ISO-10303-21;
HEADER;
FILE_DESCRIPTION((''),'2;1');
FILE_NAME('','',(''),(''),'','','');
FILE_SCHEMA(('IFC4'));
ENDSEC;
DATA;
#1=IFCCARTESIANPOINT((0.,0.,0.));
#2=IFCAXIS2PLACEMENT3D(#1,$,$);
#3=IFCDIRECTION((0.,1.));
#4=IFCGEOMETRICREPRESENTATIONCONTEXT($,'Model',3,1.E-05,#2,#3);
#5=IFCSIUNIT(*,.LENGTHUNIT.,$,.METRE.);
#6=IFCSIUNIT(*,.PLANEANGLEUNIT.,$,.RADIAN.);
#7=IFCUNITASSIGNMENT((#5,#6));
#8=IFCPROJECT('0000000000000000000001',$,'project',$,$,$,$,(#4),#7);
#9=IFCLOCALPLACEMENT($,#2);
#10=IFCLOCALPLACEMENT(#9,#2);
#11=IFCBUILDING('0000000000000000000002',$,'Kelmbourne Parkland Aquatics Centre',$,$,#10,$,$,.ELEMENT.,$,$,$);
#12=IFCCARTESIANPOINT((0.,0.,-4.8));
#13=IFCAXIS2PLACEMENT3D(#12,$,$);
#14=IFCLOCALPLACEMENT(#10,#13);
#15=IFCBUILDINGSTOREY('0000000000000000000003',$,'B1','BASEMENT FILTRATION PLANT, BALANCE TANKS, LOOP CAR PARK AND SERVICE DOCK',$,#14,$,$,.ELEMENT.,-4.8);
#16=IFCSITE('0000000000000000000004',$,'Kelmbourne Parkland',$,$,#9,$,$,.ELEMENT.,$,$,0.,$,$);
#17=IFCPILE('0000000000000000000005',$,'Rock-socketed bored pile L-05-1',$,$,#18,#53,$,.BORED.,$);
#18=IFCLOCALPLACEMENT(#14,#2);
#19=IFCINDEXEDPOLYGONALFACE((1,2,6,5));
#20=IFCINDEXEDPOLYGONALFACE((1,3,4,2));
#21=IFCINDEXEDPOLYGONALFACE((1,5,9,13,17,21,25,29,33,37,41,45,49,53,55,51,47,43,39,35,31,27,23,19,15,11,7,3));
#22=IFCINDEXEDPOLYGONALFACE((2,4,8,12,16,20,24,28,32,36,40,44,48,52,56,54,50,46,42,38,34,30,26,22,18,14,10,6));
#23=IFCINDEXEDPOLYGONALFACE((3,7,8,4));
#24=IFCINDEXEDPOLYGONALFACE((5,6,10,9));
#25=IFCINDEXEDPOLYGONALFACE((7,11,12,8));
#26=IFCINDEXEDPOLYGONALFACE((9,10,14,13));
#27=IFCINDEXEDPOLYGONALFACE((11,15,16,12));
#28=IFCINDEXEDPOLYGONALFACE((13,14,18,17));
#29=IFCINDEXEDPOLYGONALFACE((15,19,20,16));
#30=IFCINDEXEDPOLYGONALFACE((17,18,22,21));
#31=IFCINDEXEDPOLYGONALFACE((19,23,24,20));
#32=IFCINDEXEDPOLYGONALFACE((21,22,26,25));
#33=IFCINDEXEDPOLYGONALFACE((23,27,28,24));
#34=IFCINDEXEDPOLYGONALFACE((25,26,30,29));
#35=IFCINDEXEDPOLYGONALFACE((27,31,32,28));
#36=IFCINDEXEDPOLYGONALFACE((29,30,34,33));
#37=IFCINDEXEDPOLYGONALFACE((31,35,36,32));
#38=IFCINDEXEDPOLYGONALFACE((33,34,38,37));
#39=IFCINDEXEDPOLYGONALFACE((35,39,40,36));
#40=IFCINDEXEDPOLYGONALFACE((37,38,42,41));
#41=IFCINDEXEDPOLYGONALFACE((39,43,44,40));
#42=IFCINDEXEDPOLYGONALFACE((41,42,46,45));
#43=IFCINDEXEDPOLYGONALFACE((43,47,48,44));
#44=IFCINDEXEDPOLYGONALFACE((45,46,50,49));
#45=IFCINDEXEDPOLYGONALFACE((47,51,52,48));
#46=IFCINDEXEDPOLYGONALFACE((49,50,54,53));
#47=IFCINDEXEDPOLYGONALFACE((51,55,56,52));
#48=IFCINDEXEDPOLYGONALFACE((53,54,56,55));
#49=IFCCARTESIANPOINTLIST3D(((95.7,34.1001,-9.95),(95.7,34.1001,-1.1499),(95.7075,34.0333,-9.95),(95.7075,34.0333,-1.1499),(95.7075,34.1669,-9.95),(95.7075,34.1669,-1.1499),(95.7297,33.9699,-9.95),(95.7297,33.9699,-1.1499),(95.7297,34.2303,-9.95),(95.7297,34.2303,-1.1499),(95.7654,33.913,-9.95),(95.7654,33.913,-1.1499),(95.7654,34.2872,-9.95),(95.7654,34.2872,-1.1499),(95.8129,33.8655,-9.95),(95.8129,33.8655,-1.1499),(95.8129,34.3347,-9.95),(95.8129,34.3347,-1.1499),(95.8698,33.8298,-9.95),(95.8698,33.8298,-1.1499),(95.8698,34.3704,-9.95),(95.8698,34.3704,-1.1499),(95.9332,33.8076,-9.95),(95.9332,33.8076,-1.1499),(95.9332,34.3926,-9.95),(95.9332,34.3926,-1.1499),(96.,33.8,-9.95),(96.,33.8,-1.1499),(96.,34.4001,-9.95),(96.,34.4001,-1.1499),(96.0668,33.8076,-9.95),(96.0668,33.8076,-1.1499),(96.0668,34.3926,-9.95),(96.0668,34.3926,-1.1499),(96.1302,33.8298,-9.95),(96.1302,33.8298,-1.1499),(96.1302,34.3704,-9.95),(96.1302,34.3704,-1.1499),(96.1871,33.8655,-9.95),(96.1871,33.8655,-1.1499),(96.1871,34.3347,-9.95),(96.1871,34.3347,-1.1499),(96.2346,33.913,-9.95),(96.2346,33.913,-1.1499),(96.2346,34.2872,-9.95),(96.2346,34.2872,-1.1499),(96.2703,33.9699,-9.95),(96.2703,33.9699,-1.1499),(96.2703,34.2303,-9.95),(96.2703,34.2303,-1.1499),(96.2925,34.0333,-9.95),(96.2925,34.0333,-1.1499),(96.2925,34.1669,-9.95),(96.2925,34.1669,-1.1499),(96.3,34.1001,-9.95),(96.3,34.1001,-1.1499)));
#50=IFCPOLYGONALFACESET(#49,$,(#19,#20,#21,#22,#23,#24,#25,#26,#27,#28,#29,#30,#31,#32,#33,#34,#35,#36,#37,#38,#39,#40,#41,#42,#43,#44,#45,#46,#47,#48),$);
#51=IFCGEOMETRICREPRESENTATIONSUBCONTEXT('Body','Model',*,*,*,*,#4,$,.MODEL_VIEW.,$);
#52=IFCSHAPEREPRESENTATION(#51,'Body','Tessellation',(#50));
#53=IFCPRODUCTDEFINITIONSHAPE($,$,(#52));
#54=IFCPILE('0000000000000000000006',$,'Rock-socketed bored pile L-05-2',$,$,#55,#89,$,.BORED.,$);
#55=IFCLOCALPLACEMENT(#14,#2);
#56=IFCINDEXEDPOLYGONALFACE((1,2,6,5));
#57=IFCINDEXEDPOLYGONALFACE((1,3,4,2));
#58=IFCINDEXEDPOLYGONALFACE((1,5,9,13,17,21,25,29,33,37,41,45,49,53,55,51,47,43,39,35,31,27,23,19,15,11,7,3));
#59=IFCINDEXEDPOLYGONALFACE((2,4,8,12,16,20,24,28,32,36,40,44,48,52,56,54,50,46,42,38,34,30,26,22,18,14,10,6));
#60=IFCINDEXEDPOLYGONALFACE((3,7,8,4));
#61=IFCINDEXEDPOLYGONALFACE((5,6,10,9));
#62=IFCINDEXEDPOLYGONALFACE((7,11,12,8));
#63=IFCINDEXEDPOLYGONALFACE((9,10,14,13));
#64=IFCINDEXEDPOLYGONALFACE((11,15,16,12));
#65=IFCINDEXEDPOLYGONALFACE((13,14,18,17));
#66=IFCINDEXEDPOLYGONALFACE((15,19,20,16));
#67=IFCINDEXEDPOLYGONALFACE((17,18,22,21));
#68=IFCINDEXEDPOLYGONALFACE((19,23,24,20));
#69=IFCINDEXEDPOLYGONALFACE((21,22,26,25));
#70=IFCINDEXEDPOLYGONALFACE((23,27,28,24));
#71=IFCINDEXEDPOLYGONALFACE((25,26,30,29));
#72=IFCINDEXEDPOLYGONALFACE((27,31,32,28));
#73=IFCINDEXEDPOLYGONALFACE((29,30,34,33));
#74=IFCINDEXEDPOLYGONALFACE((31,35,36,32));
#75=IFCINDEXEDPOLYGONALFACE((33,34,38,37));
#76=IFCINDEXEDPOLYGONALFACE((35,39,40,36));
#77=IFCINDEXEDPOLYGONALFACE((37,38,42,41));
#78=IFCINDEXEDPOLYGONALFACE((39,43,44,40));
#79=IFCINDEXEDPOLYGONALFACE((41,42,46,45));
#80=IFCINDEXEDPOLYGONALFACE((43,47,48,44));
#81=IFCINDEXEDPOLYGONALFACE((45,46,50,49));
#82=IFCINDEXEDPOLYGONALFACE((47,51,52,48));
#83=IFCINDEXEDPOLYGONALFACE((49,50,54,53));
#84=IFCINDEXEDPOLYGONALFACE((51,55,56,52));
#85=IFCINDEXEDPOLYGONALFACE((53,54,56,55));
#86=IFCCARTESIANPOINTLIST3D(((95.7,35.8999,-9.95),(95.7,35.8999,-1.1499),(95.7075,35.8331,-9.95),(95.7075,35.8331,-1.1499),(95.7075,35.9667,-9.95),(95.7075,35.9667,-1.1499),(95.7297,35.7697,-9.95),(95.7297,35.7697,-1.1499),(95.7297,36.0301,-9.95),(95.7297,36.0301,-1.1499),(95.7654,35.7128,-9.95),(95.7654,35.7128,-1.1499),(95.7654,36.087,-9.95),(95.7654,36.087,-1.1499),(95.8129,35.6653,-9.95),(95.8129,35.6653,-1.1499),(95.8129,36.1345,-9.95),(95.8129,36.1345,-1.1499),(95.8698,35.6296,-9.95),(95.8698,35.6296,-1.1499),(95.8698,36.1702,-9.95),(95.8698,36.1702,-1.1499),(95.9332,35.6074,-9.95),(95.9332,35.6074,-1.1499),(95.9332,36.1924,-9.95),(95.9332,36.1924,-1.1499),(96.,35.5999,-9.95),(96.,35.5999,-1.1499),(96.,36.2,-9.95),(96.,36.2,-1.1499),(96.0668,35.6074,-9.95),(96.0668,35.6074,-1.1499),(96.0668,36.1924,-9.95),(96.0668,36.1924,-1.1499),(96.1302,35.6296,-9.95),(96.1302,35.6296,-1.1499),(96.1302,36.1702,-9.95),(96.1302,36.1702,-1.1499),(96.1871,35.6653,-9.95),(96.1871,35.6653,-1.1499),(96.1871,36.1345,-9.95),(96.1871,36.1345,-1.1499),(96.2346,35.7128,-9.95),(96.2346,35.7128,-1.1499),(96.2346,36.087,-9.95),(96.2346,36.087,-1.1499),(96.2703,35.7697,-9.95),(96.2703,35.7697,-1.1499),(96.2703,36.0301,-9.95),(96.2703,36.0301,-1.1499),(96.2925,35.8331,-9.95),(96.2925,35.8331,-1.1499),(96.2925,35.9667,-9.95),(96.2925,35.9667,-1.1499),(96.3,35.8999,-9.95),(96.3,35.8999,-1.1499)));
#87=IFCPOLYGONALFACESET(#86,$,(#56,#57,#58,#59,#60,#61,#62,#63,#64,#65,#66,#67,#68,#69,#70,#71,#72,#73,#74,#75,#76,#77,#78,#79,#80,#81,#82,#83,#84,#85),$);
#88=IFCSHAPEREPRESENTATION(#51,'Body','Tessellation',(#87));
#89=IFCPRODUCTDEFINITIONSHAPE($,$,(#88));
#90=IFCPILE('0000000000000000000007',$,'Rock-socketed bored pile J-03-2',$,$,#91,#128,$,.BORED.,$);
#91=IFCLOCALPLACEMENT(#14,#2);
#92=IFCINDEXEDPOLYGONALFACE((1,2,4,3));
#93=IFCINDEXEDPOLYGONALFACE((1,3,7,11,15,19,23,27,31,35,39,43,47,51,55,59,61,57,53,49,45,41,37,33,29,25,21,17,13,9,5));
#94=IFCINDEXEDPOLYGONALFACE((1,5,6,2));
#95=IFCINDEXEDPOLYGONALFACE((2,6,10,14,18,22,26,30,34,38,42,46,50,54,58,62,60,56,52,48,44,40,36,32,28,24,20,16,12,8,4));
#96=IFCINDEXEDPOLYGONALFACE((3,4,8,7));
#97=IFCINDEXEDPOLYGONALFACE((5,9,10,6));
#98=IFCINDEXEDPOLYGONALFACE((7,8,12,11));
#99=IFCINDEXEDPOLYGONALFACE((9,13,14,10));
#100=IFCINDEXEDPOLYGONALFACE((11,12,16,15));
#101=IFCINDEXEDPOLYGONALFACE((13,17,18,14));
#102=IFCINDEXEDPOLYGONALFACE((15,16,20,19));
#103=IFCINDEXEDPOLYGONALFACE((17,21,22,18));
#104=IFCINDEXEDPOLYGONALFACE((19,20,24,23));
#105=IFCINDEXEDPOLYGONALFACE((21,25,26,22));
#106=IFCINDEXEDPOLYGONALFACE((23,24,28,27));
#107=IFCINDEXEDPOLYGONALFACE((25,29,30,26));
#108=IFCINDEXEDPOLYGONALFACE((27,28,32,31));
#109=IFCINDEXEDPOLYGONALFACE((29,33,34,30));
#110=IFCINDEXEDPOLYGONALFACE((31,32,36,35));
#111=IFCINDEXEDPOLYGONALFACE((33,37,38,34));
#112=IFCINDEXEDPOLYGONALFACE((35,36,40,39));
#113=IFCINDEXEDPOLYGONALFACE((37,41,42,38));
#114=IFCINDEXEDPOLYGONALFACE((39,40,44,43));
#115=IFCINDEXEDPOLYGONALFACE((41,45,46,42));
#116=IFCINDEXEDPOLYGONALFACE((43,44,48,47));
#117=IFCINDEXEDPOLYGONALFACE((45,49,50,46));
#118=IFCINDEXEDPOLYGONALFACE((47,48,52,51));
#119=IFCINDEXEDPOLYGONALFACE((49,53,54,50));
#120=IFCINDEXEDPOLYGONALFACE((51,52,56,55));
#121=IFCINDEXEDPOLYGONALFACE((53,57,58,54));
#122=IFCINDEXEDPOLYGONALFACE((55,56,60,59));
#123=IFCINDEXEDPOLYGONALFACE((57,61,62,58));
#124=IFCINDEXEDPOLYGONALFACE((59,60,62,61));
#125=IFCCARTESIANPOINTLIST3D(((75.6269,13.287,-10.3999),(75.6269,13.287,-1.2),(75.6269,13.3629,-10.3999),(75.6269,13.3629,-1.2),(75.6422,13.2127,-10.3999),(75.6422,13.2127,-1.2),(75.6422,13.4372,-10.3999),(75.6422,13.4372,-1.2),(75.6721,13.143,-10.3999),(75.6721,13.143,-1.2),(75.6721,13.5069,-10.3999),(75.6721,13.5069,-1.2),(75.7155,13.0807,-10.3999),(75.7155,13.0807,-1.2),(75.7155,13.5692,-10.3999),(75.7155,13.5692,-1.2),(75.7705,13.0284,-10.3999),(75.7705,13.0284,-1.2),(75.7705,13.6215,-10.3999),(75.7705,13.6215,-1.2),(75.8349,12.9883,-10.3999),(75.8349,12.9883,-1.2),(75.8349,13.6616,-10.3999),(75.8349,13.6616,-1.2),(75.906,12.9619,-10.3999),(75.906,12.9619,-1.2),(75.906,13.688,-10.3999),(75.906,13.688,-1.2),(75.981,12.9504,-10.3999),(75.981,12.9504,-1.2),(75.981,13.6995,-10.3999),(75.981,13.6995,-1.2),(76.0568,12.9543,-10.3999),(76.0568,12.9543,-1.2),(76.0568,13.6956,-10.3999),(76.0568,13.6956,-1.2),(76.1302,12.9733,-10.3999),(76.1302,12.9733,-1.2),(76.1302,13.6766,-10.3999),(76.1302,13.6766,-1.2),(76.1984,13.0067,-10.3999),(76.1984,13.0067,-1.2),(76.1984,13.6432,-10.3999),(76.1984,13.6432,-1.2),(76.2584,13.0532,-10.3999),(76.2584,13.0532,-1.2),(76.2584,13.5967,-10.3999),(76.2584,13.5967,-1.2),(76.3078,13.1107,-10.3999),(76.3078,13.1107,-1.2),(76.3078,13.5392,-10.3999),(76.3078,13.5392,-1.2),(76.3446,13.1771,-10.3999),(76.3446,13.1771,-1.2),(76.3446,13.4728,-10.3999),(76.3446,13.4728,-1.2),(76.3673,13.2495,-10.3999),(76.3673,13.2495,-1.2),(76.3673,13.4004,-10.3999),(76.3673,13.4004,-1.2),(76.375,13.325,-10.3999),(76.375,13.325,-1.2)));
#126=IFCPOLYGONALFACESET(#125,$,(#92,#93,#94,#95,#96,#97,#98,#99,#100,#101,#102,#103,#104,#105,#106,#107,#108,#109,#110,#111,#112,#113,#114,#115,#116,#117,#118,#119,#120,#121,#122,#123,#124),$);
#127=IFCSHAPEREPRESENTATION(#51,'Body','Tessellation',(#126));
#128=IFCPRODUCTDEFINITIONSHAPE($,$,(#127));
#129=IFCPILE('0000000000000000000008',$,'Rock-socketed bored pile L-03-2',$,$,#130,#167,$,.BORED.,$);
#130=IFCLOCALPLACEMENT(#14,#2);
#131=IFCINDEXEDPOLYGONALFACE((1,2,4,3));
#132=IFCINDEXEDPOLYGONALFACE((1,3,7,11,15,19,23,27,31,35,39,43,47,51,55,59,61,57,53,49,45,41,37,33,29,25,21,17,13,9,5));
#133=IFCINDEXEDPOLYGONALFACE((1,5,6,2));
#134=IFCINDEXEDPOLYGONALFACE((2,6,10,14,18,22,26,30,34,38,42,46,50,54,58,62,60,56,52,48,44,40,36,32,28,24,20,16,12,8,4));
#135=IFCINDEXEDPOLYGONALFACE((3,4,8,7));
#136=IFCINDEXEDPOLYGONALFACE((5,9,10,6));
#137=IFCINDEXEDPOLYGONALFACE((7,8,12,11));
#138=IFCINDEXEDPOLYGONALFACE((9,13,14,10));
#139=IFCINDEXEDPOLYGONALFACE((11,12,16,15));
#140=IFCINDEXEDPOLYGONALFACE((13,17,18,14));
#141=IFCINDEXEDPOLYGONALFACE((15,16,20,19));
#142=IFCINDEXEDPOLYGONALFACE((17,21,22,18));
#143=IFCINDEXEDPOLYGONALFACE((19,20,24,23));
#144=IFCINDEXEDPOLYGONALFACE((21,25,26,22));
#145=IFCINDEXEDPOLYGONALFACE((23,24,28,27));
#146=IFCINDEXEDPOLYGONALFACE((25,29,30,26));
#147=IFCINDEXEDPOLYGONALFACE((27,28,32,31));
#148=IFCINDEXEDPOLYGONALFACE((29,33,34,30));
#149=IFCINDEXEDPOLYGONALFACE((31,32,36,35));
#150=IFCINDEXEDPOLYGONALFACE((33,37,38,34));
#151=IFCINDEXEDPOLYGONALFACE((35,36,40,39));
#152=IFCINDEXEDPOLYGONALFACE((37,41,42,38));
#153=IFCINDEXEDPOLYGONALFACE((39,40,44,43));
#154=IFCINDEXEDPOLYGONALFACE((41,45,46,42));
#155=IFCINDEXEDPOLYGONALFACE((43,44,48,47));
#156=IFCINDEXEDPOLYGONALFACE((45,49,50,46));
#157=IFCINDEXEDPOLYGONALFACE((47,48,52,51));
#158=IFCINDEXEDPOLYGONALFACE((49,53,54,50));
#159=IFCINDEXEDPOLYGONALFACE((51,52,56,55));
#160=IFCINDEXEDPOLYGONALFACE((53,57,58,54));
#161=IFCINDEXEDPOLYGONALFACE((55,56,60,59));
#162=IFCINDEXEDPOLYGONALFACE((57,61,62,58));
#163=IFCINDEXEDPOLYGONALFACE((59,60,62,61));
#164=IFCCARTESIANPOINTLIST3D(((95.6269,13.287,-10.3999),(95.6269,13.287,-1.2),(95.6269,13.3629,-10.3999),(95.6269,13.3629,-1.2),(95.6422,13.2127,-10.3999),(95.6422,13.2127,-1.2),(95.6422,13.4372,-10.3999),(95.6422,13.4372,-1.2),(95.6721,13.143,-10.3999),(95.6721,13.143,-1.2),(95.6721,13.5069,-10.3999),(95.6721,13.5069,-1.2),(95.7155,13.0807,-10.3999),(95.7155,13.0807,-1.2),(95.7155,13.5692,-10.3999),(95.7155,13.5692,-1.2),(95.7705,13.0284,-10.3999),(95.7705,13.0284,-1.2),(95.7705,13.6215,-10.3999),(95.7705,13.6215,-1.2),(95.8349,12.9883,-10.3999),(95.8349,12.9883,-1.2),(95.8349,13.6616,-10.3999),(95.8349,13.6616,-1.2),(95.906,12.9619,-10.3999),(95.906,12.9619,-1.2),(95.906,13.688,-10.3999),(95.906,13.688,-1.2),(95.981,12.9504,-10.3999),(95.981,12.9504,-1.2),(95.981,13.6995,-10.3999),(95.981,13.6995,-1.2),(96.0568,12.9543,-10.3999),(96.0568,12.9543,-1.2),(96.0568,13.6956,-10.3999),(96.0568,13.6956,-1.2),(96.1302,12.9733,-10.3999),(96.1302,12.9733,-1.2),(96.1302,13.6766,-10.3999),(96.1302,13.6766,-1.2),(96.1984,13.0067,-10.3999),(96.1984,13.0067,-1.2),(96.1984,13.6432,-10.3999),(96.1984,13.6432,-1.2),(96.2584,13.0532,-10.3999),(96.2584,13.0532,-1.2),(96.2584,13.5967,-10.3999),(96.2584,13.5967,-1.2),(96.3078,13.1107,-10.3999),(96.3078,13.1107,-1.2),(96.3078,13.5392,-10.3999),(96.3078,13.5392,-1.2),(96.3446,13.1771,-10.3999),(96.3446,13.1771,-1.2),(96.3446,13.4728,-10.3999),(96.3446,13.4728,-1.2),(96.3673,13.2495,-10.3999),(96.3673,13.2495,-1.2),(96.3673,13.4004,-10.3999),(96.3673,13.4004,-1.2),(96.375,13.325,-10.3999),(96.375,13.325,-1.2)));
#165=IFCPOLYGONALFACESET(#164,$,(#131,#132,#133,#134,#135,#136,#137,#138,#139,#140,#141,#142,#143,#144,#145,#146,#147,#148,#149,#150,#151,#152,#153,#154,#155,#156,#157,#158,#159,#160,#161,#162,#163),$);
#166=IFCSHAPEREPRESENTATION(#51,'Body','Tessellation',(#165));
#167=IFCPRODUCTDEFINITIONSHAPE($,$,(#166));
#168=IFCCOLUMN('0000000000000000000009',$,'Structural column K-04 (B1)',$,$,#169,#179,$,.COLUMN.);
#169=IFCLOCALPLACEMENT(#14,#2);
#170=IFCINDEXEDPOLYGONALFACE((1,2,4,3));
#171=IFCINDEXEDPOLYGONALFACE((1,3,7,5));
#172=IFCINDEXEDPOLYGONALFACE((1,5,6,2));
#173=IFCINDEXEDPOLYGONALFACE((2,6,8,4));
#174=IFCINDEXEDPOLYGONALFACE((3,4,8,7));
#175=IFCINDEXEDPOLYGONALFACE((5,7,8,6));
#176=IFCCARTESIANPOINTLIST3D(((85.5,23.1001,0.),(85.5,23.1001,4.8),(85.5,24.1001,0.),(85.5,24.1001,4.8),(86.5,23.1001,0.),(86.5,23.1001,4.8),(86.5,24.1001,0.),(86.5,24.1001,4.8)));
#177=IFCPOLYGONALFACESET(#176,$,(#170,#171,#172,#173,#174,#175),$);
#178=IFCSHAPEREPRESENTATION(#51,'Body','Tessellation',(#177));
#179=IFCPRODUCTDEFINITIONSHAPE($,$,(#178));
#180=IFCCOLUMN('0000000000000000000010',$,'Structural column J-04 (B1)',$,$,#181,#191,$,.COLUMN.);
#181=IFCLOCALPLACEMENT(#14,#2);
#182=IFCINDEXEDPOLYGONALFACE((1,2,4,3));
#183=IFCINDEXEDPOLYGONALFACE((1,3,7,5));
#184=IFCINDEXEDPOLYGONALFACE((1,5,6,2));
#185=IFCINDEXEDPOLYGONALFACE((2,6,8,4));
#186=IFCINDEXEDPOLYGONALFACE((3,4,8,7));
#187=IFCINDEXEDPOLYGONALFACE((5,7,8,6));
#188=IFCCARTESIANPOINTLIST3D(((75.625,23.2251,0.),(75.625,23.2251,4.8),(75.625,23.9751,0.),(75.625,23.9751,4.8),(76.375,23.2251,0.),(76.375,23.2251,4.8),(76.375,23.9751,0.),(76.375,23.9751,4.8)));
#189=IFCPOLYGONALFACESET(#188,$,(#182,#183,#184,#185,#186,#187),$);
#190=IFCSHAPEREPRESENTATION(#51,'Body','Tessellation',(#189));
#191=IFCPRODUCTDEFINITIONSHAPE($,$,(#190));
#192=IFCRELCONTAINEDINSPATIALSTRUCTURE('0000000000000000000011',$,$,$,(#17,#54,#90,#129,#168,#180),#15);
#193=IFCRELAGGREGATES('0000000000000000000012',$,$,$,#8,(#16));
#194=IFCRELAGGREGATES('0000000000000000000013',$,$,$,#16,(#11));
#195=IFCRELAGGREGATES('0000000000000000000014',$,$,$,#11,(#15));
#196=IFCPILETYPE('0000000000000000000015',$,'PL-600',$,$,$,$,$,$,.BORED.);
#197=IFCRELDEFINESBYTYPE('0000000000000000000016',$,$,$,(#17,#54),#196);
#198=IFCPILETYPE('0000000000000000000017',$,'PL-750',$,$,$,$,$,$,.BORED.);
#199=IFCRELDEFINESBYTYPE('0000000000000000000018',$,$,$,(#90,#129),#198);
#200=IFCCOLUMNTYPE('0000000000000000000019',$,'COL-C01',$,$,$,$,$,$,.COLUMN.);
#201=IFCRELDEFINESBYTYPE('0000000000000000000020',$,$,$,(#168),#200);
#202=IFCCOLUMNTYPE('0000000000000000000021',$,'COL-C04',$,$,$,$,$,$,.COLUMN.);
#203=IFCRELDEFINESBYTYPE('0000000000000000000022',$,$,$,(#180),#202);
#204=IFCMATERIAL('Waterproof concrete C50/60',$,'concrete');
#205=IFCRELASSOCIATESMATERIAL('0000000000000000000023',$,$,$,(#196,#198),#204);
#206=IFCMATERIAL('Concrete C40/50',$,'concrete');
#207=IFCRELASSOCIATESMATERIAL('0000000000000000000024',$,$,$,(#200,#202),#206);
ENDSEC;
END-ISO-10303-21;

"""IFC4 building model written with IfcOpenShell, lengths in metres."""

from ifc_helpers import new_model, si_unit, direction, frame, origin, origin_2d, place, context, subcontext, project, spatial, rectangle, circle, extrude, material, material_profile, profile_set, type_object, element, save


model = new_model("IFC4")

# Units and contexts
model_context = context("Model", 3, precision=1e-05, world=origin(), true_north=direction((0.0, 1.0)))
body_context = subcontext(model_context, "Body", "Model", "MODEL_VIEW")
ifc_project = project(units=[si_unit("LENGTHUNIT", "METRE"), si_unit("PLANEANGLEUNIT", "RADIAN")], contexts=[model_context])

# Site, building, storey
site_placement = place(None, origin())
site = spatial("IfcSite", under=ifc_project, at=site_placement, Name="Kelmbourne Parkland", CompositionType="ELEMENT", RefElevation=0.0)
building_placement = place(site_placement, origin())
building = spatial("IfcBuilding", under=site, at=building_placement, Name="Kelmbourne Parkland Aquatics Centre", CompositionType="ELEMENT")
storey_placement = place(building_placement, frame((0.0, 0.0, -4.8)))
storey = spatial("IfcBuildingStorey", under=building, at=storey_placement, Name="B1", Description="BASEMENT FILTRATION PLANT, BALANCE TANKS, LOOP CAR PARK AND SERVICE DOCK", CompositionType="ELEMENT", Elevation=-4.8)

# Shared definitions
ifc_material_1 = material(Name="Waterproof concrete C50/60", Category="concrete")

# Piles
ifc_material_profile_1 = material_profile(ifc_material_1, circle(Radius=0.3, at=origin_2d()), Name="PILE D600")
ifc_profile_set_1 = profile_set([ifc_material_profile_1], Name="Waterproof concrete C50/60")
pile_type_1 = type_object("IfcPileType", Name="PL-600", PredefinedType="BORED", material=ifc_profile_set_1)
for number, where, z_axis, x_axis, name in (
    (1, (96.0, 34.1001, -1.1499), (0.0, 0.0, -1.0), (1.0, 0.0, 0.0), "Rock-socketed bored pile L-05-1"),
    (2, (96.0, 35.8999, -1.1499), (0.0, 0.0, -1.0), (1.0, 0.0, 0.0), "Rock-socketed bored pile L-05-2"),
):
    element("IfcPile", number, at=place(storey_placement, frame(where, z_axis=z_axis, x_axis=x_axis)), inside=storey, type_object=pile_type_1, Name=name, PredefinedType="BORED", context=body_context, shape_type="SweptSolid", body=[
        extrude(circle(Radius=0.3, at=origin_2d()), origin(), (0.0, 0.0, 1.0), 8.8),
    ])
ifc_material_profile_2 = material_profile(ifc_material_1, circle(Radius=0.375, at=origin_2d()), Name="PILE D750")
ifc_profile_set_2 = profile_set([ifc_material_profile_2], Name="Waterproof concrete C50/60")
pile_type_2 = type_object("IfcPileType", Name="PL-750", PredefinedType="BORED", material=ifc_profile_set_2)
for number, where, z_axis, x_axis, name in (
    (3, (76.0, 13.325, -1.2), (0.0, 0.0, -1.0), (1.0, 0.0, 0.0), "Rock-socketed bored pile J-03-2"),
    (4, (96.0, 13.325, -1.2), (0.0, 0.0, -1.0), (1.0, 0.0, 0.0), "Rock-socketed bored pile L-03-2"),
):
    element("IfcPile", number, at=place(storey_placement, frame(where, z_axis=z_axis, x_axis=x_axis)), inside=storey, type_object=pile_type_2, Name=name, PredefinedType="BORED", context=body_context, shape_type="SweptSolid", body=[
        extrude(circle(Radius=0.375, at=origin_2d()), origin(), (0.0, 0.0, 1.0), 9.2),
    ])

# Columns
ifc_material_2 = material(Name="Concrete C40/50", Category="concrete")
ifc_material_profile_3 = material_profile(ifc_material_2, rectangle(XDim=1.0, YDim=1.0, at=origin_2d()), Name="RC 1000x1000")
ifc_profile_set_3 = profile_set([ifc_material_profile_3], Name="Concrete C40/50")
column_type_1 = type_object("IfcColumnType", Name="COL-C01", PredefinedType="COLUMN", material=ifc_profile_set_3)
column_1_placement = place(storey_placement, frame((86.0, 23.6001, 0.0), z_axis=(0.0, 0.0, 1.0), x_axis=(1.0, 0.0, 0.0)))
element("IfcColumn", 5, at=column_1_placement, inside=storey, type_object=column_type_1, Name="Structural column K-04 (B1)", PredefinedType="COLUMN", context=body_context, shape_type="SweptSolid", body=[
    extrude(rectangle(XDim=1.0, YDim=1.0, at=origin_2d()), origin(), (0.0, 0.0, 1.0), 4.8),
])
ifc_material_profile_4 = material_profile(ifc_material_2, rectangle(XDim=0.75, YDim=0.75, at=origin_2d()), Name="RC 750x750")
ifc_profile_set_4 = profile_set([ifc_material_profile_4], Name="Concrete C40/50")
column_type_2 = type_object("IfcColumnType", Name="COL-C04", PredefinedType="COLUMN", material=ifc_profile_set_4)
column_2_placement = place(storey_placement, frame((76.0, 23.6001, 0.0), z_axis=(0.0, 0.0, 1.0), x_axis=(1.0, 0.0, 0.0)))
element("IfcColumn", 6, at=column_2_placement, inside=storey, type_object=column_type_2, Name="Structural column J-04 (B1)", PredefinedType="COLUMN", context=body_context, shape_type="SweptSolid", body=[
    extrude(rectangle(XDim=0.75, YDim=0.75, at=origin_2d()), origin(), (0.0, 0.0, 1.0), 4.8),
])

save(model, "model.ifc")
